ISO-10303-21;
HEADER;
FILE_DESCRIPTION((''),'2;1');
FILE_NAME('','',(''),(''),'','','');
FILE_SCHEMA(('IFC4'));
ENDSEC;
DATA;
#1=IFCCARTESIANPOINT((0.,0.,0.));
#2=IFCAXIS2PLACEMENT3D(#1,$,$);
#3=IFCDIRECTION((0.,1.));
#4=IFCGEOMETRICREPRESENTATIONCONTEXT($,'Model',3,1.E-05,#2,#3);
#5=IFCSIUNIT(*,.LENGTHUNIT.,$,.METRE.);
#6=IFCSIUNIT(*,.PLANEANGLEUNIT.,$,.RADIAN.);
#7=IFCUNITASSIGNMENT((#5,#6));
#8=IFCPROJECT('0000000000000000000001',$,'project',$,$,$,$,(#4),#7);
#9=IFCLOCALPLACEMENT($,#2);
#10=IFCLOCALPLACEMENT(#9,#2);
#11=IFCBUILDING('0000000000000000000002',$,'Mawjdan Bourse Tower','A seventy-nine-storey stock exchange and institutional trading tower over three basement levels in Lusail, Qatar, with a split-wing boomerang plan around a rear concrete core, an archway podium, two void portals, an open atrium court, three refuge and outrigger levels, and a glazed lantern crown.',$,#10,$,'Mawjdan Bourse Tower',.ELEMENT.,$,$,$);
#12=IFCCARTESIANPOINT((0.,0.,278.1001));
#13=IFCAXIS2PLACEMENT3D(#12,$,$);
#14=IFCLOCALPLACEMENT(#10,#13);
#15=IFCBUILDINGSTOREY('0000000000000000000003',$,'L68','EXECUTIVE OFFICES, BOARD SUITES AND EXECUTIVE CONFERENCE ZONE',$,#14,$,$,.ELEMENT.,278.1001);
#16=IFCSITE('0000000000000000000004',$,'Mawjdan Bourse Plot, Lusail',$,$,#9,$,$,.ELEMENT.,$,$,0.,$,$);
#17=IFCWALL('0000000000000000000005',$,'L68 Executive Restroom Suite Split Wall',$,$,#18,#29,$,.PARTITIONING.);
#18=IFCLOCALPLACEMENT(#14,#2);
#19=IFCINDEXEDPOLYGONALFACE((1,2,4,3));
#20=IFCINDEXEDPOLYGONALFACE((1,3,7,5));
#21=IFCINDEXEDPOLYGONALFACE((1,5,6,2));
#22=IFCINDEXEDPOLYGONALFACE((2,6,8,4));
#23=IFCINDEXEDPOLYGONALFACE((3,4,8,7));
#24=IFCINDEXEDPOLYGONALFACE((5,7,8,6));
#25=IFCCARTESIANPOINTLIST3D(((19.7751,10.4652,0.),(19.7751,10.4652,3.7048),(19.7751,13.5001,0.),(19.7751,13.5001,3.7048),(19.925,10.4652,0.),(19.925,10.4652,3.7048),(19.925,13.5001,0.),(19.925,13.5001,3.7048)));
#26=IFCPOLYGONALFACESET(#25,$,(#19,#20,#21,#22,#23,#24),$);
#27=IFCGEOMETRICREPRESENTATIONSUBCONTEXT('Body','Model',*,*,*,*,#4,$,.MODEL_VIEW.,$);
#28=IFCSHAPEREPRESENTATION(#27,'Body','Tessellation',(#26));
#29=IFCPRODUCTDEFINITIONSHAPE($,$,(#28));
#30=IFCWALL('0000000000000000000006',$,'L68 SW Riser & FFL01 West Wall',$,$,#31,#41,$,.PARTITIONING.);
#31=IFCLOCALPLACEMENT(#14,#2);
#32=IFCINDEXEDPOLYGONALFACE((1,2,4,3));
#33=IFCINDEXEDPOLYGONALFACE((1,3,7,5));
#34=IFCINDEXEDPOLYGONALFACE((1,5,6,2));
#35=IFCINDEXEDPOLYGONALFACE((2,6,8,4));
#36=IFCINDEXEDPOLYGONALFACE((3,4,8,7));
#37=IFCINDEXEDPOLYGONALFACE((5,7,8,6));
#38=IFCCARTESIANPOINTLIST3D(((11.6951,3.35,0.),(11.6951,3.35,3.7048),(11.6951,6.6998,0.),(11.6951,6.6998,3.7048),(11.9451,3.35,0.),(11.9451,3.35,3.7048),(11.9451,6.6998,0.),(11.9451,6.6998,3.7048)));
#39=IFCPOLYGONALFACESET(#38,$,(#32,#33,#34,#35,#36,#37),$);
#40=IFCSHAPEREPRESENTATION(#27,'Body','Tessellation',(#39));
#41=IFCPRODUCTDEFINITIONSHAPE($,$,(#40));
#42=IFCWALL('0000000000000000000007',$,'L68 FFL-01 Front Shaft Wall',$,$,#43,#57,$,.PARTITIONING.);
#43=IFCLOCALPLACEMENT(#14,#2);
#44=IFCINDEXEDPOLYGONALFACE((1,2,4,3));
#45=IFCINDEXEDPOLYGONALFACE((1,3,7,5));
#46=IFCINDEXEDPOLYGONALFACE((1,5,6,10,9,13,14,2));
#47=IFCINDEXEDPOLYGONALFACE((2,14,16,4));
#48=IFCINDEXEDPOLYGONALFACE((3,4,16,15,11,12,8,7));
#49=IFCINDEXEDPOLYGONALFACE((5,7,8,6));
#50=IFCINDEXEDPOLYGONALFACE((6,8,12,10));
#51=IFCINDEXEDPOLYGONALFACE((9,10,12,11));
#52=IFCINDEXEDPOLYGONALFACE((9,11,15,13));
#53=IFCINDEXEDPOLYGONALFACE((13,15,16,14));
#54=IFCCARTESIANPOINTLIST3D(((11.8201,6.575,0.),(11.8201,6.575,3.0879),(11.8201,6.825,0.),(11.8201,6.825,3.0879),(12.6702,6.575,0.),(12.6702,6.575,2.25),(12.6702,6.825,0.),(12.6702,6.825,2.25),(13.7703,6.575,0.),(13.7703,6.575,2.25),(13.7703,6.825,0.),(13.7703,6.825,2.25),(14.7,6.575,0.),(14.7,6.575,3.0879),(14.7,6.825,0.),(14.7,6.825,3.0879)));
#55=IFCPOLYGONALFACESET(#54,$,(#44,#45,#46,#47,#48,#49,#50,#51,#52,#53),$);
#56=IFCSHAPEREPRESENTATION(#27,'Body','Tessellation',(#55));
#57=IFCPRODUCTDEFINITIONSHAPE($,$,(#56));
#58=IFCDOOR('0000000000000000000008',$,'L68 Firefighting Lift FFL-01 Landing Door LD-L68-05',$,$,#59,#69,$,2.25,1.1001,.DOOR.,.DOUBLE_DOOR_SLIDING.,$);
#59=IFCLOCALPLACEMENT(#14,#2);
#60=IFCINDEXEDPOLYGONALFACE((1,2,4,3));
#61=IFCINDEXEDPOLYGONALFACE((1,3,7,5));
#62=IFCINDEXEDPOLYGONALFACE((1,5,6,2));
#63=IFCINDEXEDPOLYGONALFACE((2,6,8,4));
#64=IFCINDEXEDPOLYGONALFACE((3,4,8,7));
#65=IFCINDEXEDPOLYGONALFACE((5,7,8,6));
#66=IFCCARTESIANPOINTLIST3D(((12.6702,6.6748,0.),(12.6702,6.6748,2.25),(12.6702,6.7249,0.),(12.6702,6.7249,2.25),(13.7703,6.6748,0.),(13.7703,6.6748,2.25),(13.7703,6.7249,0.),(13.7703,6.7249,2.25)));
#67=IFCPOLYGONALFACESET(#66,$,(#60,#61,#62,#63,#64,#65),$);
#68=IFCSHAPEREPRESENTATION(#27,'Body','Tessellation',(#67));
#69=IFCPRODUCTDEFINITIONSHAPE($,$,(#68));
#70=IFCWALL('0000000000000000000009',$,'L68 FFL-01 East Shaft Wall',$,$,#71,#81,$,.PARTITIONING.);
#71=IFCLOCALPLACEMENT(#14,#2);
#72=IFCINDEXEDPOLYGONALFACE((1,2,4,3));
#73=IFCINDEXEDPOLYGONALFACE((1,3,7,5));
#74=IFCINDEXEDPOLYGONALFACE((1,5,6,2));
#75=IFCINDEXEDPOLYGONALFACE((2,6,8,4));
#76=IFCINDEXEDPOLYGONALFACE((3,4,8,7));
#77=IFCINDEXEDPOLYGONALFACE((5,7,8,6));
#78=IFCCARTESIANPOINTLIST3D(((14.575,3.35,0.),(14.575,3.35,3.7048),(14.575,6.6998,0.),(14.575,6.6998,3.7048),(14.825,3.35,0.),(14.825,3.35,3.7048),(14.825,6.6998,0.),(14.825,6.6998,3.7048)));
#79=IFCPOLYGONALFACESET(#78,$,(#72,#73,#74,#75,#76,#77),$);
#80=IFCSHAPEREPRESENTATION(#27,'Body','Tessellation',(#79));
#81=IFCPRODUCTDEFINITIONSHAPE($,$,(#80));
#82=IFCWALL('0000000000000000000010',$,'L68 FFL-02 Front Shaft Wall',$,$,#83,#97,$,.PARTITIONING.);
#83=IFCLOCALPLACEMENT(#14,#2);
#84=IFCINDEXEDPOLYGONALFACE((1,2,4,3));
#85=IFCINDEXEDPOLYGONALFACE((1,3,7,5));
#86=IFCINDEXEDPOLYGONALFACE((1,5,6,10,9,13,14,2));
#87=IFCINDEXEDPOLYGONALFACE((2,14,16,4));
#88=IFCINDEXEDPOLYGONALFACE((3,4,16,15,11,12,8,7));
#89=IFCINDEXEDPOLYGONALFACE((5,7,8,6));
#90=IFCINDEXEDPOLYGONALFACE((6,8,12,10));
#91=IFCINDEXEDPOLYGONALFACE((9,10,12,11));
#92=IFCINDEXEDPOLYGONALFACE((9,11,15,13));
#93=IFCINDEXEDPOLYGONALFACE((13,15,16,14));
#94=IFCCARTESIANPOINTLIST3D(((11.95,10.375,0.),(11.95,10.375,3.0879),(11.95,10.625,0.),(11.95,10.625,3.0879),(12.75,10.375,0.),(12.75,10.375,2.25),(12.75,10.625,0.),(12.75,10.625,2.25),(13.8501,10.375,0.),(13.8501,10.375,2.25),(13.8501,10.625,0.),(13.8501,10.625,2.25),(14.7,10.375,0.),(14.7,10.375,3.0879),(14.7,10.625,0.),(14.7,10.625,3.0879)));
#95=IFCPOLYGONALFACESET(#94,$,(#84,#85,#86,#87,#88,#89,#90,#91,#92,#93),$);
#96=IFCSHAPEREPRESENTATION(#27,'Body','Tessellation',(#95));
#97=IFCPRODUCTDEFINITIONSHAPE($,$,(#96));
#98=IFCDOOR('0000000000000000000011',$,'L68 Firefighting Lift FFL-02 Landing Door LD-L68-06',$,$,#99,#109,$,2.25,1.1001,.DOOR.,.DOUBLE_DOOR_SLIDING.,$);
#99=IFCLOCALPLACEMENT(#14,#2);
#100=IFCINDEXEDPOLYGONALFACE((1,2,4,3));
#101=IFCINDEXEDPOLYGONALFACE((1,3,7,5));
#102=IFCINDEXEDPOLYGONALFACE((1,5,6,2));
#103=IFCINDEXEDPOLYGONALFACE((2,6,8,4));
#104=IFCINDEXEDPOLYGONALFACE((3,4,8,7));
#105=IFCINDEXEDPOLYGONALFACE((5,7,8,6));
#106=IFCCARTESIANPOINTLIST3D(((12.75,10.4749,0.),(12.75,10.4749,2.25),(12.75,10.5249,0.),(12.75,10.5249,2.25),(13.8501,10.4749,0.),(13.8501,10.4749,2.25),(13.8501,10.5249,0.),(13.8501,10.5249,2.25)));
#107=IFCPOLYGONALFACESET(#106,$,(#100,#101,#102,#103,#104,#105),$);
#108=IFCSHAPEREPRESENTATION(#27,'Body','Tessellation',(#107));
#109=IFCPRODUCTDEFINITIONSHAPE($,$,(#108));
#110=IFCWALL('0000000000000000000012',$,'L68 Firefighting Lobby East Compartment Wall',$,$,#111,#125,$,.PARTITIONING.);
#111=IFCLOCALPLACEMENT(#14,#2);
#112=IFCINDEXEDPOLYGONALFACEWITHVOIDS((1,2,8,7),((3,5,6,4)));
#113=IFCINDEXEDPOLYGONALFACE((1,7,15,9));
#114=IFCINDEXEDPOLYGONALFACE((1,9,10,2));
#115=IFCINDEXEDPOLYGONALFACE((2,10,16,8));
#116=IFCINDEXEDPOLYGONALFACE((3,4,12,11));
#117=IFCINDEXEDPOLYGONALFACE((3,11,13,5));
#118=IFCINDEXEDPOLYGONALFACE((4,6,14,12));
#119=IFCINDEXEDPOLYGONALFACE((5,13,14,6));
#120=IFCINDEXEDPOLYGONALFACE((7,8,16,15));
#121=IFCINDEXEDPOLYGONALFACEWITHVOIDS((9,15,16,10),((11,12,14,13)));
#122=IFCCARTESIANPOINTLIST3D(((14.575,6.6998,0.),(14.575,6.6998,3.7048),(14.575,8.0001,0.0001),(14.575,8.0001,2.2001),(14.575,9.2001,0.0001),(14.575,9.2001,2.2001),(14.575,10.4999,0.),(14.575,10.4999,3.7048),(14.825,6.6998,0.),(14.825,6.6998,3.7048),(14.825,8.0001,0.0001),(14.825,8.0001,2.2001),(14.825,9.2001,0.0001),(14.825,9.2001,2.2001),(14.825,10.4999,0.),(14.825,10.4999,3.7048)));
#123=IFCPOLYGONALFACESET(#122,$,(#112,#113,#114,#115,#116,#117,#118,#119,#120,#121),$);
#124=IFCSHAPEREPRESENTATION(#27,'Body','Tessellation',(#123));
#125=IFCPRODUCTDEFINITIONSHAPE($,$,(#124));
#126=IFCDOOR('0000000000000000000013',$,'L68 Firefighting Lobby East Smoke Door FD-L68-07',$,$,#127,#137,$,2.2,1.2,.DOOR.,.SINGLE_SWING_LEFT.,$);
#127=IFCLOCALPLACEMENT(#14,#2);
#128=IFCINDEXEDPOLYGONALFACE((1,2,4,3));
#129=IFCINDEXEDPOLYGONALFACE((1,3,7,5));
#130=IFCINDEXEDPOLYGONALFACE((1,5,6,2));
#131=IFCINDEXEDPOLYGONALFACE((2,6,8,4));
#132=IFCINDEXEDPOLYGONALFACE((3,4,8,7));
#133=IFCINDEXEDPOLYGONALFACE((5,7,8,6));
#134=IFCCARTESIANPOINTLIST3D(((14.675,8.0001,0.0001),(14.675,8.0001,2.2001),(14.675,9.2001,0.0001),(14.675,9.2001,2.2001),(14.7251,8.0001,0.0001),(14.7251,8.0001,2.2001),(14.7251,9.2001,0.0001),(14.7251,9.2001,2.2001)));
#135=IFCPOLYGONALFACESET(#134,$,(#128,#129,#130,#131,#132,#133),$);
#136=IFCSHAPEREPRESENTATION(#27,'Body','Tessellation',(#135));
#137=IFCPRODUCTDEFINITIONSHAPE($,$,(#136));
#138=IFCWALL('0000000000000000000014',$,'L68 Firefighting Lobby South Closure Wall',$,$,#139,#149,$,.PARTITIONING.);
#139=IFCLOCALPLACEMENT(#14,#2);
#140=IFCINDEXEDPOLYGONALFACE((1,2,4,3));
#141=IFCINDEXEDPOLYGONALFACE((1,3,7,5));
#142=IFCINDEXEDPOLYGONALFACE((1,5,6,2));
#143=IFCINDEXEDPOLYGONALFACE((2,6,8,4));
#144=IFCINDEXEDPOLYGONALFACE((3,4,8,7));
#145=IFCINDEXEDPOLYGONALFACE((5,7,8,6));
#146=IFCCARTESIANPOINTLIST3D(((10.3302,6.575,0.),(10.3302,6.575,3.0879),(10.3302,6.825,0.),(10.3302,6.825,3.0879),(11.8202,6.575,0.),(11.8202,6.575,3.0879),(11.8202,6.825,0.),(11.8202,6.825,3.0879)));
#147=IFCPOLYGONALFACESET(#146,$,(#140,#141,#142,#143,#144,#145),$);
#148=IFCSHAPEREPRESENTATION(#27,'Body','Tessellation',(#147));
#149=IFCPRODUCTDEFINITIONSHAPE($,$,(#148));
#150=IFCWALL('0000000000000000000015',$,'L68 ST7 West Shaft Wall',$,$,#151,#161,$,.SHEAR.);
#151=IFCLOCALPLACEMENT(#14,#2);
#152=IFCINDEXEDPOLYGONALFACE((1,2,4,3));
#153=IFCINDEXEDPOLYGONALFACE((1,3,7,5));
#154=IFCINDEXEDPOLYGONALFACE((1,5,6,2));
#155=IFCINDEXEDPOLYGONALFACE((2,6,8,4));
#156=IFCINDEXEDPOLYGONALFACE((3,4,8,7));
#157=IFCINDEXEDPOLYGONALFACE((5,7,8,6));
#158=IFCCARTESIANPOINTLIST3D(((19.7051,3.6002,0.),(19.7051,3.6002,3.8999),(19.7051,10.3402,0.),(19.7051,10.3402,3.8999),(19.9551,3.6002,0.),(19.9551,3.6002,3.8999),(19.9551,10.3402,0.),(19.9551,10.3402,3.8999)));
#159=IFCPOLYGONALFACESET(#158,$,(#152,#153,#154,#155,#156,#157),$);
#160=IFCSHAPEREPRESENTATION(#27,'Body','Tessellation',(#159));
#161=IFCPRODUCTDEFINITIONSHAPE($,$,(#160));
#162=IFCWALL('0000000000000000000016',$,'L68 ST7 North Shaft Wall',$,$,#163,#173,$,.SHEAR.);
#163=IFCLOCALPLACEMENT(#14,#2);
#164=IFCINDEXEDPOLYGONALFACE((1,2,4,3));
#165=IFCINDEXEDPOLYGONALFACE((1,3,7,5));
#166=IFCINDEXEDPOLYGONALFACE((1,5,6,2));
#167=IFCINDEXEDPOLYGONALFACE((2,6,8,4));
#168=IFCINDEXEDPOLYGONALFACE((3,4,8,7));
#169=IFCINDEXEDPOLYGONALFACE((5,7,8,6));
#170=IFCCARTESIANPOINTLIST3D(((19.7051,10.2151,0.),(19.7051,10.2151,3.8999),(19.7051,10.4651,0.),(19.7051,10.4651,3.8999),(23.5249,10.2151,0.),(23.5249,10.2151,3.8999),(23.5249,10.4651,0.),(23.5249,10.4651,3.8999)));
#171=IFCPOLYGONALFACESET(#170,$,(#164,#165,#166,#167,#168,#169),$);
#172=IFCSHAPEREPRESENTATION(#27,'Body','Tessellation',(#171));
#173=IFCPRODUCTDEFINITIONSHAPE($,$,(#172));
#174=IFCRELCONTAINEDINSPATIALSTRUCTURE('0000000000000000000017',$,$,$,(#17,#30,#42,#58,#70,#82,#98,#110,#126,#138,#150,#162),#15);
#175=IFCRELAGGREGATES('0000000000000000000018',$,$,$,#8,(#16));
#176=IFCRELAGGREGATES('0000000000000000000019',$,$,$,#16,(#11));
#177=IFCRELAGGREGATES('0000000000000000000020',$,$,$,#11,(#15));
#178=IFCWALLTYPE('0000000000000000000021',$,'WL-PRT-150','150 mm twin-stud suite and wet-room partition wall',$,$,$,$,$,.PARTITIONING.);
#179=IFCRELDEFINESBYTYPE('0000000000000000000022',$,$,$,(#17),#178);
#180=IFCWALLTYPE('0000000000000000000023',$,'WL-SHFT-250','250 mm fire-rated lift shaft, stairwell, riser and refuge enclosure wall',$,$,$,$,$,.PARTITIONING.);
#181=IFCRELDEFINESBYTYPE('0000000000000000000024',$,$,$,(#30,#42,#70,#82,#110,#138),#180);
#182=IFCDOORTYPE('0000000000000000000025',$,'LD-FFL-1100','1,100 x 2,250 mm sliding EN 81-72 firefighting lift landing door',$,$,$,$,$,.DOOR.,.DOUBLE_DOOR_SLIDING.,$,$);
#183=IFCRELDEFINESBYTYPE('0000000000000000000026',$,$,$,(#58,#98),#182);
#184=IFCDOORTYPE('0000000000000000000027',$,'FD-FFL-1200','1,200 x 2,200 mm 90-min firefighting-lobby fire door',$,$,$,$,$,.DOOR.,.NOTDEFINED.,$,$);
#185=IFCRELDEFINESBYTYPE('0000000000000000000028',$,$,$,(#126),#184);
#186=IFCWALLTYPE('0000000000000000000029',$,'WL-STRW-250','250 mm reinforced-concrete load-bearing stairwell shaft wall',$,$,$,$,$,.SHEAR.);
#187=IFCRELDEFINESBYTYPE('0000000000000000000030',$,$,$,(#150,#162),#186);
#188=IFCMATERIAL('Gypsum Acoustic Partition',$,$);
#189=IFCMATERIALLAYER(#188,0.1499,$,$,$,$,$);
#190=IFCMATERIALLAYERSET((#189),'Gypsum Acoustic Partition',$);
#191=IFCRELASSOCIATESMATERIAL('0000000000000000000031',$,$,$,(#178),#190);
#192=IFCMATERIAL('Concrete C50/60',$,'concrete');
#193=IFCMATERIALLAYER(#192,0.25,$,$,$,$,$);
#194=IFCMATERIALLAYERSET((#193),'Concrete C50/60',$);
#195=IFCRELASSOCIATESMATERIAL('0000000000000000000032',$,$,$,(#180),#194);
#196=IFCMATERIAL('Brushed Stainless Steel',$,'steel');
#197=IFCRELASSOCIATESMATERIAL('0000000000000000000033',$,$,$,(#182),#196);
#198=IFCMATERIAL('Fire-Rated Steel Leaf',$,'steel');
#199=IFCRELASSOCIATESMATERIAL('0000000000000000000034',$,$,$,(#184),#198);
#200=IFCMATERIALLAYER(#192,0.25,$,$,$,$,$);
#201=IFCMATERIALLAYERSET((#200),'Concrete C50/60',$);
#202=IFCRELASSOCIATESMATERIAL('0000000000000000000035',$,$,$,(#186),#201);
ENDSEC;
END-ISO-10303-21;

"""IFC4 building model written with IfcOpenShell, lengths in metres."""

from ifc_helpers import new_model, si_unit, direction, frame, frame_2d, origin, place, context, subcontext, project, spatial, rectangle, extrude, material, layer, layer_set, type_object, element, fill, save


model = new_model("IFC4")

# Units and contexts
model_context = context("Model", 3, precision=1e-05, world=origin(), true_north=direction((0.0, 1.0)))
body_context = subcontext(model_context, "Body", "Model", "MODEL_VIEW")
ifc_project = project(units=[si_unit("LENGTHUNIT", "METRE"), si_unit("PLANEANGLEUNIT", "RADIAN")], contexts=[model_context])

# Site, building, storey
site_placement = place(None, origin())
site = spatial("IfcSite", under=ifc_project, at=site_placement, Name="Mawjdan Bourse Plot, Lusail", CompositionType="ELEMENT", RefElevation=0.0)
building_placement = place(site_placement, origin())
building = spatial("IfcBuilding", under=site, at=building_placement, Name="Mawjdan Bourse Tower", Description="A seventy-nine-storey stock exchange and institutional trading tower over three basement levels in Lusail, Qatar, with a split-wing boomerang plan around a rear concrete core, an archway podium, two void portals, an open atrium court, three refuge and outrigger levels, and a glazed lantern crown.", LongName="Mawjdan Bourse Tower", CompositionType="ELEMENT")
storey_placement = place(building_placement, frame((0.0, 0.0, 278.1001)))
storey = spatial("IfcBuildingStorey", under=building, at=storey_placement, Name="L68", Description="EXECUTIVE OFFICES, BOARD SUITES AND EXECUTIVE CONFERENCE ZONE", CompositionType="ELEMENT", Elevation=278.1001)

# Walls
ifc_material_1 = material(Name="Gypsum Acoustic Partition")
ifc_layer_1 = layer(ifc_material_1, 0.1499)
ifc_layer_set_1 = layer_set([ifc_layer_1], Name="Gypsum Acoustic Partition")
wall_type_1 = type_object("IfcWallType", Name="WL-PRT-150", Description="150 mm twin-stud suite and wet-room partition wall", PredefinedType="PARTITIONING", material=ifc_layer_set_1)
wall_1_placement = place(storey_placement, frame((19.8501, 10.4651, 0.0), z_axis=(0.0, 0.0, 1.0), x_axis=(0.0, 1.0, 0.0)))
element("IfcWall", 1, at=wall_1_placement, inside=storey, type_object=wall_type_1, Name="L68 Executive Restroom Suite Split Wall", PredefinedType="PARTITIONING", context=body_context, shape_type="SweptSolid", body=[
    extrude(rectangle(XDim=3.0349, YDim=0.1499, at=frame_2d((1.5176, 0.0))), origin(), (0.0, 0.0, 1.0), 3.7048),
])
ifc_material_2 = material(Name="Concrete C50/60", Category="concrete")
ifc_layer_2 = layer(ifc_material_2, 0.25)
ifc_layer_set_2 = layer_set([ifc_layer_2], Name="Concrete C50/60")
wall_type_2 = type_object("IfcWallType", Name="WL-SHFT-250", Description="250 mm fire-rated lift shaft, stairwell, riser and refuge enclosure wall", PredefinedType="PARTITIONING", material=ifc_layer_set_2)
wall_2_placement = place(storey_placement, frame((11.8201, 3.3501, 0.0), z_axis=(0.0, 0.0, 1.0), x_axis=(0.0, 1.0, 0.0)))
element("IfcWall", 2, at=wall_2_placement, inside=storey, type_object=wall_type_2, Name="L68 SW Riser & FFL01 West Wall", PredefinedType="PARTITIONING", context=body_context, shape_type="SweptSolid", body=[
    extrude(rectangle(XDim=3.3499, YDim=0.25, at=frame_2d((1.6748, 0.0))), origin(), (0.0, 0.0, 1.0), 3.7048),
])

# Wall, opening, door
wall_3_placement = place(storey_placement, frame((11.8201, 6.7, 0.0), z_axis=(0.0, 0.0, 1.0), x_axis=(1.0, 0.0, 0.0)))
wall_3 = element("IfcWall", 3, at=wall_3_placement, inside=storey, type_object=wall_type_2, Name="L68 FFL-01 Front Shaft Wall", PredefinedType="PARTITIONING", context=body_context, shape_type="SweptSolid", body=[
    extrude(rectangle(XDim=2.8799, YDim=0.25, at=frame_2d((1.4399, 0.0))), origin(), (0.0, 0.0, 1.0), 3.0879),
])
opening_1_placement = place(wall_3_placement, frame((0.8501, 0.0, 0.0)))
opening_1 = element("IfcOpeningElement", 4, at=opening_1_placement, cuts=wall_3, PredefinedType="OPENING", context=body_context, shape_type="SweptSolid", body=[
    extrude(rectangle(XDim=1.1001, YDim=2.25, at=frame_2d((0.55, 1.125))), frame((0.0, 0.135, 0.0), z_axis=(0.0, -1.0, 0.0), x_axis=(1.0, 0.0, 0.0)), (0.0, 0.0, 1.0), 0.27),
])
ifc_material_3 = material(Name="Brushed Stainless Steel", Category="steel")
door_type_1 = type_object("IfcDoorType", Name="LD-FFL-1100", Description="1,100 x 2,250 mm sliding EN 81-72 firefighting lift landing door", OperationType="DOUBLE_DOOR_SLIDING", PredefinedType="DOOR", material=ifc_material_3)
door_1_placement = place(opening_1_placement, origin())
door_1 = element("IfcDoor", 5, at=door_1_placement, inside=storey, type_object=door_type_1, Name="L68 Firefighting Lift FFL-01 Landing Door LD-L68-05", OperationType="DOUBLE_DOOR_SLIDING", OverallHeight=2.25, OverallWidth=1.1001, PredefinedType="DOOR", context=body_context, shape_type="SweptSolid", body=[
    extrude(rectangle(XDim=1.1001, YDim=2.25, at=frame_2d((0.55, 1.125))), frame((0.0, 0.0249, 0.0), z_axis=(0.0, -1.0, 0.0), x_axis=(1.0, 0.0, 0.0)), (0.0, 0.0, 1.0), 0.05),
])
fill(opening_1, door_1)

# Wall
wall_4_placement = place(storey_placement, frame((14.7, 3.3501, 0.0), z_axis=(0.0, 0.0, 1.0), x_axis=(0.0, 1.0, 0.0)))
element("IfcWall", 6, at=wall_4_placement, inside=storey, type_object=wall_type_2, Name="L68 FFL-01 East Shaft Wall", PredefinedType="PARTITIONING", context=body_context, shape_type="SweptSolid", body=[
    extrude(rectangle(XDim=3.3499, YDim=0.25, at=frame_2d((1.6748, 0.0))), origin(), (0.0, 0.0, 1.0), 3.7048),
])

# Walls, openings, doors
wall_5_placement = place(storey_placement, frame((11.95, 10.5, 0.0), z_axis=(0.0, 0.0, 1.0), x_axis=(1.0, 0.0, 0.0)))
wall_5 = element("IfcWall", 7, at=wall_5_placement, inside=storey, type_object=wall_type_2, Name="L68 FFL-02 Front Shaft Wall", PredefinedType="PARTITIONING", context=body_context, shape_type="SweptSolid", body=[
    extrude(rectangle(XDim=2.75, YDim=0.25, at=frame_2d((1.375, 0.0))), origin(), (0.0, 0.0, 1.0), 3.0879),
])
opening_2_placement = place(wall_5_placement, frame((0.8, 0.0, 0.0)))
opening_2 = element("IfcOpeningElement", 8, at=opening_2_placement, cuts=wall_5, PredefinedType="OPENING", context=body_context, shape_type="SweptSolid", body=[
    extrude(rectangle(XDim=1.1001, YDim=2.25, at=frame_2d((0.55, 1.125))), frame((0.0, 0.135, 0.0), z_axis=(0.0, -1.0, 0.0), x_axis=(1.0, 0.0, 0.0)), (0.0, 0.0, 1.0), 0.27),
])
door_2_placement = place(opening_2_placement, origin())
door_2 = element("IfcDoor", 9, at=door_2_placement, inside=storey, type_object=door_type_1, Name="L68 Firefighting Lift FFL-02 Landing Door LD-L68-06", OperationType="DOUBLE_DOOR_SLIDING", OverallHeight=2.25, OverallWidth=1.1001, PredefinedType="DOOR", context=body_context, shape_type="SweptSolid", body=[
    extrude(rectangle(XDim=1.1001, YDim=2.25, at=frame_2d((0.55, 1.125))), frame((0.0, 0.0249, 0.0), z_axis=(0.0, -1.0, 0.0), x_axis=(1.0, 0.0, 0.0)), (0.0, 0.0, 1.0), 0.05),
])
fill(opening_2, door_2)
wall_6_placement = place(storey_placement, frame((14.7, 6.7, 0.0), z_axis=(0.0, 0.0, 1.0), x_axis=(0.0, 1.0, 0.0)))
wall_6 = element("IfcWall", 10, at=wall_6_placement, inside=storey, type_object=wall_type_2, Name="L68 Firefighting Lobby East Compartment Wall", PredefinedType="PARTITIONING", context=body_context, shape_type="SweptSolid", body=[
    extrude(rectangle(XDim=3.8, YDim=0.25, at=frame_2d((1.8999, 0.0))), origin(), (0.0, 0.0, 1.0), 3.7048),
])
opening_3_placement = place(wall_6_placement, frame((1.3, 0.0, 0.0)))
opening_3 = element("IfcOpeningElement", 11, at=opening_3_placement, cuts=wall_6, PredefinedType="OPENING", context=body_context, shape_type="SweptSolid", body=[
    extrude(rectangle(XDim=1.2, YDim=2.2, at=frame_2d((0.6001, 1.1001))), frame((0.0, 0.135, 0.0), z_axis=(0.0, -1.0, 0.0), x_axis=(1.0, 0.0, 0.0)), (0.0, 0.0, 1.0), 0.27),
])
ifc_material_4 = material(Name="Fire-Rated Steel Leaf", Category="steel")
door_type_2 = type_object("IfcDoorType", Name="FD-FFL-1200", Description="1,200 x 2,200 mm 90-min firefighting-lobby fire door", OperationType="NOTDEFINED", PredefinedType="DOOR", material=ifc_material_4)
door_3_placement = place(opening_3_placement, origin())
door_3 = element("IfcDoor", 12, at=door_3_placement, inside=storey, type_object=door_type_2, Name="L68 Firefighting Lobby East Smoke Door FD-L68-07", OperationType="SINGLE_SWING_LEFT", OverallHeight=2.2, OverallWidth=1.2, PredefinedType="DOOR", context=body_context, shape_type="SweptSolid", body=[
    extrude(rectangle(XDim=1.2, YDim=2.2, at=frame_2d((0.6001, 1.1001))), frame((0.0, 0.0249, 0.0), z_axis=(0.0, -1.0, 0.0), x_axis=(1.0, 0.0, 0.0)), (0.0, 0.0, 1.0), 0.05),
])
fill(opening_3, door_3)

# Walls
wall_7_placement = place(storey_placement, frame((10.3301, 6.7, 0.0), z_axis=(0.0, 0.0, 1.0), x_axis=(1.0, 0.0, 0.0)))
element("IfcWall", 13, at=wall_7_placement, inside=storey, type_object=wall_type_2, Name="L68 Firefighting Lobby South Closure Wall", PredefinedType="PARTITIONING", context=body_context, shape_type="SweptSolid", body=[
    extrude(rectangle(XDim=1.49, YDim=0.25, at=frame_2d((0.7451, 0.0))), origin(), (0.0, 0.0, 1.0), 3.0879),
])
ifc_layer_3 = layer(ifc_material_2, 0.25)
ifc_layer_set_3 = layer_set([ifc_layer_3], Name="Concrete C50/60")
wall_type_3 = type_object("IfcWallType", Name="WL-STRW-250", Description="250 mm reinforced-concrete load-bearing stairwell shaft wall", PredefinedType="SHEAR", material=ifc_layer_set_3)
wall_8_placement = place(storey_placement, frame((19.8301, 3.6001, 0.0), z_axis=(0.0, 0.0, 1.0), x_axis=(0.0, 1.0, 0.0)))
element("IfcWall", 14, at=wall_8_placement, inside=storey, type_object=wall_type_3, Name="L68 ST7 West Shaft Wall", PredefinedType="SHEAR", context=body_context, shape_type="SweptSolid", body=[
    extrude(rectangle(XDim=6.74, YDim=0.25, at=frame_2d((3.3701, 0.0))), origin(), (0.0, 0.0, 1.0), 3.8999),
])
wall_9_placement = place(storey_placement, frame((19.7051, 10.3401, 0.0), z_axis=(0.0, 0.0, 1.0), x_axis=(1.0, 0.0, 0.0)))
element("IfcWall", 15, at=wall_9_placement, inside=storey, type_object=wall_type_3, Name="L68 ST7 North Shaft Wall", PredefinedType="SHEAR", context=body_context, shape_type="SweptSolid", body=[
    extrude(rectangle(XDim=3.8198, YDim=0.25, at=frame_2d((1.9099, 0.0))), origin(), (0.0, 0.0, 1.0), 3.8999),
])

save(model, "model.ifc")
